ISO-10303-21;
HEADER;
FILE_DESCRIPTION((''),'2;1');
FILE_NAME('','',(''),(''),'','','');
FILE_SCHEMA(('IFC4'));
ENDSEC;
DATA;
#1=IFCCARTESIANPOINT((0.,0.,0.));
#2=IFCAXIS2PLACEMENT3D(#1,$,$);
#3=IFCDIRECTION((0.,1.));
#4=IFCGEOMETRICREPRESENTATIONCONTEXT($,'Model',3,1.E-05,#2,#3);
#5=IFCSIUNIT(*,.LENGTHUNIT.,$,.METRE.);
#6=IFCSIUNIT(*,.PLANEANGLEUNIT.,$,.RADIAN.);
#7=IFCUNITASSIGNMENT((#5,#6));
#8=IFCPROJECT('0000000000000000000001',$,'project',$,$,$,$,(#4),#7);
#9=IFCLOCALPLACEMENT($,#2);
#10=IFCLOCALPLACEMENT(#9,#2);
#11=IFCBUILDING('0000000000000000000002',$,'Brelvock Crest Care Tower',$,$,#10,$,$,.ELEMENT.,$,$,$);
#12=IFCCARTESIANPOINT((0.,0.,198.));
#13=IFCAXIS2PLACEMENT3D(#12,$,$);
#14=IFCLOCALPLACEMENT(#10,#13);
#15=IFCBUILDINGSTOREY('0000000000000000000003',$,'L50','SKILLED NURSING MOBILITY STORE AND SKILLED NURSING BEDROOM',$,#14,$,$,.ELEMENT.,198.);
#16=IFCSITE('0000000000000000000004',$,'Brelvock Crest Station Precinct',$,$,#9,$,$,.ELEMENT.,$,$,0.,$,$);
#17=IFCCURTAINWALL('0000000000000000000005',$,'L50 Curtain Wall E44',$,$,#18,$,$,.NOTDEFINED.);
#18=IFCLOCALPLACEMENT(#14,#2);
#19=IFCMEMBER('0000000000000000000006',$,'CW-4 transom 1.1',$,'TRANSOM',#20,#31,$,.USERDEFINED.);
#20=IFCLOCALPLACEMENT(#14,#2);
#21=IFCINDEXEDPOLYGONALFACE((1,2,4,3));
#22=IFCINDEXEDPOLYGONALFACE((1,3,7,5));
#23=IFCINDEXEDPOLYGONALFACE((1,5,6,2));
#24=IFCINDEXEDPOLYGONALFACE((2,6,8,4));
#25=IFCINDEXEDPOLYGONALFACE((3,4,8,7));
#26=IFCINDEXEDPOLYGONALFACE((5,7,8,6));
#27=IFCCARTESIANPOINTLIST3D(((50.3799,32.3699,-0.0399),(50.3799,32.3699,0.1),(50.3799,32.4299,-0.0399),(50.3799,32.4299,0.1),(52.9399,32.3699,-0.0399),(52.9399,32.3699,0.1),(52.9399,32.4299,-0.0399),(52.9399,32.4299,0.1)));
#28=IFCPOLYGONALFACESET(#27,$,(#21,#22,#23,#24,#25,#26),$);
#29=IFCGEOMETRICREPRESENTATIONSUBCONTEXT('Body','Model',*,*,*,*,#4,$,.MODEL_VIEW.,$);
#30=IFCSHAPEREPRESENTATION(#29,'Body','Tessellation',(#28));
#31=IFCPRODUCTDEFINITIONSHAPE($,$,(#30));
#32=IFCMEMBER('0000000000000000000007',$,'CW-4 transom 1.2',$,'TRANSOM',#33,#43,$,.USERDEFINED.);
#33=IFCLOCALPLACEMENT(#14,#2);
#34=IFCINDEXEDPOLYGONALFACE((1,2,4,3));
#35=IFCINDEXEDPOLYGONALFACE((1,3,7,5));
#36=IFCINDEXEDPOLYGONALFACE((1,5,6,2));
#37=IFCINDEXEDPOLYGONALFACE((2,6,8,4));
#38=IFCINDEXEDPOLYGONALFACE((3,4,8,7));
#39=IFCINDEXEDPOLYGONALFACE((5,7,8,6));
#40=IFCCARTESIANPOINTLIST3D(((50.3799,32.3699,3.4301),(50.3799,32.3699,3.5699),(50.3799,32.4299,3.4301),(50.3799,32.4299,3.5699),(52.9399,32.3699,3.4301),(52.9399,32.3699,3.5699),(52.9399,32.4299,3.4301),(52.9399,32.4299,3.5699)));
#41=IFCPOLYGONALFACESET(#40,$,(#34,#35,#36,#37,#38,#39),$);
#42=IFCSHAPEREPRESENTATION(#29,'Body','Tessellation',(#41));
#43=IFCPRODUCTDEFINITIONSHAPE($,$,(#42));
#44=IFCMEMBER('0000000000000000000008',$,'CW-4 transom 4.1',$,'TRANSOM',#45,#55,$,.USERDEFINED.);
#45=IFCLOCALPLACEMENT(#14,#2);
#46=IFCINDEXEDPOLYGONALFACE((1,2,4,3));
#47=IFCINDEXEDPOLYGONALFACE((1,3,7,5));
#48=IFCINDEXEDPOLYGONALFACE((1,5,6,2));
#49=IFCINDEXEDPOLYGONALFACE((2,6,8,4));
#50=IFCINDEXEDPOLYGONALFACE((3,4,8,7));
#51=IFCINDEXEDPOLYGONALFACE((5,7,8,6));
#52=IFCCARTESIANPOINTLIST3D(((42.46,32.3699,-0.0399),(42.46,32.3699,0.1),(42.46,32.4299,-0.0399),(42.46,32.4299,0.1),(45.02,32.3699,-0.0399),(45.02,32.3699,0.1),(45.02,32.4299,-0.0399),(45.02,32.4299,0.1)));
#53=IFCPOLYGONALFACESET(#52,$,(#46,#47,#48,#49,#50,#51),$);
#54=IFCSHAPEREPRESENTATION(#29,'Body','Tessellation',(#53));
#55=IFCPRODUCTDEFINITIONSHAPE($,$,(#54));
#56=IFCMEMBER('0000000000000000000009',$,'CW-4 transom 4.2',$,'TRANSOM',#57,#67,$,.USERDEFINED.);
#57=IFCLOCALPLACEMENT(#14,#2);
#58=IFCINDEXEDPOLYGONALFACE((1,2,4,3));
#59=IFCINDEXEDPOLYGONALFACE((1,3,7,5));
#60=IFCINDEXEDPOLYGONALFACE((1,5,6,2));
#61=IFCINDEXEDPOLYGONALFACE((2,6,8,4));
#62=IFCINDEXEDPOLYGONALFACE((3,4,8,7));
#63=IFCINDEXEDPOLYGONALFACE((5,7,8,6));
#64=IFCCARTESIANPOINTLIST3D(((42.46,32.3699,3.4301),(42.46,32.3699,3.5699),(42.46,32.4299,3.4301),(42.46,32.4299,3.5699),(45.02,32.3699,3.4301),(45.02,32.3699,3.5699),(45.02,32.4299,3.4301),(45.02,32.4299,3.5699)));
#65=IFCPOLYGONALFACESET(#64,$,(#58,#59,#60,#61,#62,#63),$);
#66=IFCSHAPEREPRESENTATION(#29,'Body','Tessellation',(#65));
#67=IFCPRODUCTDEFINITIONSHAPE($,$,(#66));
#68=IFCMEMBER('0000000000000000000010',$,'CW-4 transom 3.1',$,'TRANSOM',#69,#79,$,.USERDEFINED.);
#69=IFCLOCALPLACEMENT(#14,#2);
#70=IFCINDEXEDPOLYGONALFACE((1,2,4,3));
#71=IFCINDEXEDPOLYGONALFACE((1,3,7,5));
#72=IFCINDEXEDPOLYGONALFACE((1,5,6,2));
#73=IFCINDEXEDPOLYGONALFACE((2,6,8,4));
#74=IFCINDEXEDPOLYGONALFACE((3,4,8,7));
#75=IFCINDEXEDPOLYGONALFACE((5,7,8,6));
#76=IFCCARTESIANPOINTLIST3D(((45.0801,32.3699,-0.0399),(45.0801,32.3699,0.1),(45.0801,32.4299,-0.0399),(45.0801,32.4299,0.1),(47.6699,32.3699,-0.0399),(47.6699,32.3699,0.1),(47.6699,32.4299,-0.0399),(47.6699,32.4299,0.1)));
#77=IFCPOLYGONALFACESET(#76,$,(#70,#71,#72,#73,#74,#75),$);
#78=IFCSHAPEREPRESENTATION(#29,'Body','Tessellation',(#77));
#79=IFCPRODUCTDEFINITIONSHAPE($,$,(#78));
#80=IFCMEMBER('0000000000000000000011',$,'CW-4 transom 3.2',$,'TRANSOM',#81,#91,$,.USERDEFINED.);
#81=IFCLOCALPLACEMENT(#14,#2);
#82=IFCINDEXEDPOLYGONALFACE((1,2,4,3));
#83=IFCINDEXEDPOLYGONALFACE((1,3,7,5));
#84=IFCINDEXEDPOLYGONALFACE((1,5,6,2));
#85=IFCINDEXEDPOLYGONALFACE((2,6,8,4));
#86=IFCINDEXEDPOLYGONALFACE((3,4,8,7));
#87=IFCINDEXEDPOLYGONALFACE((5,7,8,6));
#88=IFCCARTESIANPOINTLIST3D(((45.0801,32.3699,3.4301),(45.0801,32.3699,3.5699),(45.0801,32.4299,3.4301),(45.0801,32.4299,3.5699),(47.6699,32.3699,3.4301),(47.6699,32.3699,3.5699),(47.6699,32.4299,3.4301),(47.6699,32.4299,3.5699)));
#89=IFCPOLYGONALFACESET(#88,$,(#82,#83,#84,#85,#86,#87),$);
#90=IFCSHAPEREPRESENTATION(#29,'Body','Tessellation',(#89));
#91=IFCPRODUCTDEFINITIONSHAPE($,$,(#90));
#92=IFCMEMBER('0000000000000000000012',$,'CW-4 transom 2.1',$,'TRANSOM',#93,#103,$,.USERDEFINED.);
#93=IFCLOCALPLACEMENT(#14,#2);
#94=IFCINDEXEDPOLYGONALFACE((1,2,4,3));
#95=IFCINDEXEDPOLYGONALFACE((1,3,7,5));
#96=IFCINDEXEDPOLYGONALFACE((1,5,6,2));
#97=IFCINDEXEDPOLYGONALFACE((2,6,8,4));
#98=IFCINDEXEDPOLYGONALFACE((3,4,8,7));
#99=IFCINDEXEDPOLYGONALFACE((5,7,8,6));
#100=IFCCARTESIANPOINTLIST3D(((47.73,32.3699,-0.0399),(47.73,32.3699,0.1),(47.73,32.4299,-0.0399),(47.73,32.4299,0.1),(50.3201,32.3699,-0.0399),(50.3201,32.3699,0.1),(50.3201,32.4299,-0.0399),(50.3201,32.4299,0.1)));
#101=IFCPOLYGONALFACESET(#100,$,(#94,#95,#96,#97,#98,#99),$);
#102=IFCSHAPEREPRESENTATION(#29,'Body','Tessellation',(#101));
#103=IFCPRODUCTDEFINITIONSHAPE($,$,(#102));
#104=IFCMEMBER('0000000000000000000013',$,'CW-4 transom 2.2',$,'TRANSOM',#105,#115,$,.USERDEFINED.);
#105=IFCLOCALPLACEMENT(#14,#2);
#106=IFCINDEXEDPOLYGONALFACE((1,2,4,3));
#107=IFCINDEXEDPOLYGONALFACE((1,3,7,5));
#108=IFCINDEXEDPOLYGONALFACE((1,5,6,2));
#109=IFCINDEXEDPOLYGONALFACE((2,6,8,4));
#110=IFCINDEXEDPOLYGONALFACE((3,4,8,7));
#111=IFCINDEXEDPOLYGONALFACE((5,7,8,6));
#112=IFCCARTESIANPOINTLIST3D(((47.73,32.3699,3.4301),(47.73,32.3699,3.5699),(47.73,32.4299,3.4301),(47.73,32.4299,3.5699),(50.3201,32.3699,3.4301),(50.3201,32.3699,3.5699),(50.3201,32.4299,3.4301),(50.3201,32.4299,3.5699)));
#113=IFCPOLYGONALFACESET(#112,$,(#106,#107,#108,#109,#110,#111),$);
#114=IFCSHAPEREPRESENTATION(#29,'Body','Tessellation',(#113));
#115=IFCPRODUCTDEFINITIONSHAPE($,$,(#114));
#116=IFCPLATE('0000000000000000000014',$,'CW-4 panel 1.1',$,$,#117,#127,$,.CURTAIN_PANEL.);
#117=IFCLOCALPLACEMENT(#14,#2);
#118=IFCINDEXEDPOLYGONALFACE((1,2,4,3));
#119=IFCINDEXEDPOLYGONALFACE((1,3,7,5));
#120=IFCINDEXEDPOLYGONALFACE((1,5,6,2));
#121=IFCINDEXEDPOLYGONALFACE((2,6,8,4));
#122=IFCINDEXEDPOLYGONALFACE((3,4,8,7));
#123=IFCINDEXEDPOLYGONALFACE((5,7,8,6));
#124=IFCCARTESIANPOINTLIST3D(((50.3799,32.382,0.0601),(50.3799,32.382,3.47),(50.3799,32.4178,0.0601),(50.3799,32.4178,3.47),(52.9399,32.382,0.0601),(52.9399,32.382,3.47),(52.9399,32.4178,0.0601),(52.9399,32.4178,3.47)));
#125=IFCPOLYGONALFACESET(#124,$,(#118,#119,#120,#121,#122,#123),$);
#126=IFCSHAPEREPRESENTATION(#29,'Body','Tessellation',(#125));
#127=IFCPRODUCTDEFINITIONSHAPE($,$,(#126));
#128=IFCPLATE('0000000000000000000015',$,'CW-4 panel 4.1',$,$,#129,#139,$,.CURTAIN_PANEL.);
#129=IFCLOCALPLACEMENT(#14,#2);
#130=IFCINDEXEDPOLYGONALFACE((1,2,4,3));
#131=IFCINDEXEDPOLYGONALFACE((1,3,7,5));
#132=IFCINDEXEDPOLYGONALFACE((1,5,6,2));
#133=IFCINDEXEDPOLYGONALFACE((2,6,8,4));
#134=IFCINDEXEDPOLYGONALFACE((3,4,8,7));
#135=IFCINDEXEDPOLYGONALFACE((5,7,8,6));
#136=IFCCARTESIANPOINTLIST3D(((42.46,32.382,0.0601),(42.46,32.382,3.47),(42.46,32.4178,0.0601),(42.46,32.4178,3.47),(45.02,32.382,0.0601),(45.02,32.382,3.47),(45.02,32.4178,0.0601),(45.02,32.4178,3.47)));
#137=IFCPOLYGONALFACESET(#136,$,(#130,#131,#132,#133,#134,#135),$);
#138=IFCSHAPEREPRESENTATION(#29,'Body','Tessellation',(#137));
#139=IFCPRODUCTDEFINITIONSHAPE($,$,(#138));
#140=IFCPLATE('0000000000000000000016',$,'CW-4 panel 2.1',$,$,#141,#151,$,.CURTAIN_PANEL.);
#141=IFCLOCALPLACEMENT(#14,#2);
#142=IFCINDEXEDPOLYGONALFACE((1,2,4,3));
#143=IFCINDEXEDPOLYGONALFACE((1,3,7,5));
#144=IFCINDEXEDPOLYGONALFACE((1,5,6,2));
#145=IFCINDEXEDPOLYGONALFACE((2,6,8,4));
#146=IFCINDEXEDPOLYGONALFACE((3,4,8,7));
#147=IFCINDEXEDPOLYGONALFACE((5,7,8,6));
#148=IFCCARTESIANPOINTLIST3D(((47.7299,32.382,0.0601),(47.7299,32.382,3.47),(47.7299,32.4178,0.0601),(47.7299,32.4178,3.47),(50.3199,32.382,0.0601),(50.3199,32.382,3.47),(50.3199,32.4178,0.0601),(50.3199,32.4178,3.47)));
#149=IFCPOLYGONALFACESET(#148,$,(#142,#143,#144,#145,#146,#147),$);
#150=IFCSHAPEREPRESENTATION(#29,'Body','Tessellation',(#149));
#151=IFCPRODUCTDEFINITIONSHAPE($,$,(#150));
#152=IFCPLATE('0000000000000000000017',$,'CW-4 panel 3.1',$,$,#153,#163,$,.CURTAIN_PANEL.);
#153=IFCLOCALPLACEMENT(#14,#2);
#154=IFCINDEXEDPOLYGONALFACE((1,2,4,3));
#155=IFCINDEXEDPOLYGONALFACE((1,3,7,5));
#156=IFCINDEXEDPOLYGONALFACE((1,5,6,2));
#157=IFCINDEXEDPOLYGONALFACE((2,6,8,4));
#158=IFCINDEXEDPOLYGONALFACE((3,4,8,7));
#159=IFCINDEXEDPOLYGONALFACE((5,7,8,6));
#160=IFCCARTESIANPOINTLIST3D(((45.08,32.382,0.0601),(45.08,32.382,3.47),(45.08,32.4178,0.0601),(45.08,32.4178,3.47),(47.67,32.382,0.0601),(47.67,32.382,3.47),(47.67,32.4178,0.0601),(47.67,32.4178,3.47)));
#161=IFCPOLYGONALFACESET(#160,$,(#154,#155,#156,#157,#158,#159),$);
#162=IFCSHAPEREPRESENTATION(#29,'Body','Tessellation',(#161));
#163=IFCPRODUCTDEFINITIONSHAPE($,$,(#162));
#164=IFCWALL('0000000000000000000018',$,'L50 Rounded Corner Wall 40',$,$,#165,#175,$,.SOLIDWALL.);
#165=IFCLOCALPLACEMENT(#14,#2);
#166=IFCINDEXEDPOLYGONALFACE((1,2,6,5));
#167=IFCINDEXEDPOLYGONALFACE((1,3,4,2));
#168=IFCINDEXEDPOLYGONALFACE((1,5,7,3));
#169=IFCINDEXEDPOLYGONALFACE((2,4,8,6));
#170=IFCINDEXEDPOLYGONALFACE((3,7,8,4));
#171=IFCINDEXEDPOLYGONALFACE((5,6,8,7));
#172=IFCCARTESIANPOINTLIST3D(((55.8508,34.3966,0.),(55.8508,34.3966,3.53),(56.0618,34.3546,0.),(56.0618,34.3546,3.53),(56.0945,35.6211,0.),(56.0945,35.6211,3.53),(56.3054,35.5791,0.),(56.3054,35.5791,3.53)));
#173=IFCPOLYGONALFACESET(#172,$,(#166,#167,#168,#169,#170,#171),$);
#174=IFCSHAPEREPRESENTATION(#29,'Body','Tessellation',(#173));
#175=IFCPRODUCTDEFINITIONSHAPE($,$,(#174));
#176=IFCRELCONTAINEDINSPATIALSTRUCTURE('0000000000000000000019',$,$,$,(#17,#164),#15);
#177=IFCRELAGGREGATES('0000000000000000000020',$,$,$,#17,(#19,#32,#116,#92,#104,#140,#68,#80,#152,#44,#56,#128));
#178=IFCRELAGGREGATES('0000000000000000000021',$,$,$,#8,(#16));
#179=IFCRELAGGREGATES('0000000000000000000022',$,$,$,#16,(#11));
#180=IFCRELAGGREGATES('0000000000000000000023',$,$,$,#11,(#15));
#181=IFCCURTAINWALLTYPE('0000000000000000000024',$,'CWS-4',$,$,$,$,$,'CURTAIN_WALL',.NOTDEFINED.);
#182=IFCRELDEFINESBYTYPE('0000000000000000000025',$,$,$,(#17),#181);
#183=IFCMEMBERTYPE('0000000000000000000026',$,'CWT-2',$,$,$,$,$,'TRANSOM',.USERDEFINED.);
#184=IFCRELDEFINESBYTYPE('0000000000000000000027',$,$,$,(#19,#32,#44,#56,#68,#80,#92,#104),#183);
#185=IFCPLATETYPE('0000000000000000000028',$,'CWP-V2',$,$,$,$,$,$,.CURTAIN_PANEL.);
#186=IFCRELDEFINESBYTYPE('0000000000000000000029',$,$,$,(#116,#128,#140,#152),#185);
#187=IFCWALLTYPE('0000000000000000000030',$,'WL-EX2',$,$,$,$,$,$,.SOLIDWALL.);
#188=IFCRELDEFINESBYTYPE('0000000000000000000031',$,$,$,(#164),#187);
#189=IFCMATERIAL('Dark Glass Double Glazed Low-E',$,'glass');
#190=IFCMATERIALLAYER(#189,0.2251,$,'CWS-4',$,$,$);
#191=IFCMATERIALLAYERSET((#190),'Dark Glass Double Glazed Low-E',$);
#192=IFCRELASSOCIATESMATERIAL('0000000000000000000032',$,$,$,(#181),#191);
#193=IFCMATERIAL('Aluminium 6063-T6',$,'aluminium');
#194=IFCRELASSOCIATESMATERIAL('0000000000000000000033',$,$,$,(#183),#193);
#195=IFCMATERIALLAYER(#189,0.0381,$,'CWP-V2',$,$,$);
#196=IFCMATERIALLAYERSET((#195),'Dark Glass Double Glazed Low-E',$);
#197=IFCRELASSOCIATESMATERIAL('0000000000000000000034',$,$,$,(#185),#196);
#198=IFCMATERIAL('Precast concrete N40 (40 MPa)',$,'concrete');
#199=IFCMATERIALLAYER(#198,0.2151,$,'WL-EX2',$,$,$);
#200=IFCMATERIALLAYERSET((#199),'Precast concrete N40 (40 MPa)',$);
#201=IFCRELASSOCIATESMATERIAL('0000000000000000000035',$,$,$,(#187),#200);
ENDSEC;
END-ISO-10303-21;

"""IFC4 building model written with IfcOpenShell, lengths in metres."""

from ifc_helpers import new_model, si_unit, direction, frame, frame_2d, origin, origin_2d, place, context, subcontext, project, spatial, rectangle, extrude, source, transform, mapped, material, layer, layer_set, material_profile, profile_set, type_object, element, aggregate, save


model = new_model("IFC4")

# Units and contexts
model_context = context("Model", 3, precision=1e-05, world=origin(), true_north=direction((0.0, 1.0)))
body_context = subcontext(model_context, "Body", "Model", "MODEL_VIEW")
ifc_project = project(units=[si_unit("LENGTHUNIT", "METRE"), si_unit("PLANEANGLEUNIT", "RADIAN")], contexts=[model_context])

# Site, building, storey
site_placement = place(None, origin())
site = spatial("IfcSite", under=ifc_project, at=site_placement, Name="Brelvock Crest Station Precinct", CompositionType="ELEMENT", RefElevation=0.0)
building_placement = place(site_placement, origin())
building = spatial("IfcBuilding", under=site, at=building_placement, Name="Brelvock Crest Care Tower", CompositionType="ELEMENT")
storey_placement = place(building_placement, frame((0.0, 0.0, 198.0)))
storey = spatial("IfcBuildingStorey", under=building, at=storey_placement, Name="L50", Description="SKILLED NURSING MOBILITY STORE AND SKILLED NURSING BEDROOM", CompositionType="ELEMENT", Elevation=198.0)

# Shared definitions
ifc_material_1 = material(Name="Dark Glass Double Glazed Low-E", Category="glass")
ifc_layer_1 = layer(ifc_material_1, 0.2251, Name="CWS-4")
ifc_layer_set_1 = layer_set([ifc_layer_1], Name="Dark Glass Double Glazed Low-E")
curtain_wall_type = type_object("IfcCurtainWallType", Name="CWS-4", ElementType="CURTAIN_WALL", PredefinedType="NOTDEFINED", material=ifc_layer_set_1)
ifc_material_2 = material(Name="Aluminium 6063-T6", Category="aluminium")

# Curtain wall, members, plates
curtain_wall_1_placement = place(storey_placement, origin())
curtain_wall_1 = element("IfcCurtainWall", 1, at=curtain_wall_1_placement, inside=storey, type_object=curtain_wall_type, Name="L50 Curtain Wall E44", PredefinedType="NOTDEFINED")
ifc_material_profile_1 = material_profile(ifc_material_2, rectangle(XDim=0.0601, YDim=0.1399, at=origin_2d()), Name="ALU60x140")
ifc_profile_set_1 = profile_set([ifc_material_profile_1], Name="Aluminium 6063-T6")
member_type_1 = type_object("IfcMemberType", Name="CWT-2", ElementType="TRANSOM", PredefinedType="USERDEFINED", material=ifc_profile_set_1)
shared_shape_1 = source(origin(), body_context, "Body", "SweptSolid", [
    extrude(rectangle(XDim=0.0601, YDim=0.1399, at=origin_2d()), origin(), (0.0, 0.0, 1.0), 2.5601),
])
member_1_placement = place(storey_placement, frame((52.9399, 32.3999, 0.03), z_axis=(-1.0, 0.0, 0.0), x_axis=(0.0, -1.0, 0.0)))
member_1 = element("IfcMember", 2, at=member_1_placement, type_object=member_type_1, Name="CW-4 transom 1.1", ObjectType="TRANSOM", PredefinedType="USERDEFINED", context=body_context, shape_type="MappedRepresentation", body=[
    mapped(shared_shape_1, transform((0.0, 0.0, 0.0), x_axis=(1.0, 0.0, 0.0), y_axis=(0.0, 1.0, 0.0), z_axis=(0.0, 0.0, 1.0), scale=1.0)),
])
member_2_placement = place(storey_placement, frame((52.9399, 32.3999, 3.5), z_axis=(-1.0, 0.0, 0.0), x_axis=(0.0, -1.0, 0.0)))
member_2 = element("IfcMember", 3, at=member_2_placement, type_object=member_type_1, Name="CW-4 transom 1.2", ObjectType="TRANSOM", PredefinedType="USERDEFINED", context=body_context, shape_type="MappedRepresentation", body=[
    mapped(shared_shape_1, transform((0.0, 0.0, 0.0), x_axis=(1.0, 0.0, 0.0), y_axis=(0.0, 1.0, 0.0), z_axis=(0.0, 0.0, 1.0), scale=1.0)),
])
member_3_placement = place(storey_placement, frame((45.02, 32.3999, 0.03), z_axis=(-1.0, 0.0, 0.0), x_axis=(0.0, -1.0, 0.0)))
member_3 = element("IfcMember", 4, at=member_3_placement, type_object=member_type_1, Name="CW-4 transom 4.1", ObjectType="TRANSOM", PredefinedType="USERDEFINED", context=body_context, shape_type="MappedRepresentation", body=[
    mapped(shared_shape_1, transform((0.0, 0.0, 0.0), x_axis=(1.0, 0.0, 0.0), y_axis=(0.0, 1.0, 0.0), z_axis=(0.0, 0.0, 1.0), scale=1.0)),
])
member_4_placement = place(storey_placement, frame((45.02, 32.3999, 3.5), z_axis=(-1.0, 0.0, 0.0), x_axis=(0.0, -1.0, 0.0)))
member_4 = element("IfcMember", 5, at=member_4_placement, type_object=member_type_1, Name="CW-4 transom 4.2", ObjectType="TRANSOM", PredefinedType="USERDEFINED", context=body_context, shape_type="MappedRepresentation", body=[
    mapped(shared_shape_1, transform((0.0, 0.0, 0.0), x_axis=(1.0, 0.0, 0.0), y_axis=(0.0, 1.0, 0.0), z_axis=(0.0, 0.0, 1.0), scale=1.0)),
])
shared_shape_2 = source(origin(), body_context, "Body", "SweptSolid", [
    extrude(rectangle(XDim=0.0601, YDim=0.1399, at=origin_2d()), origin(), (0.0, 0.0, 1.0), 2.5898),
])
member_5_placement = place(storey_placement, frame((47.6699, 32.3999, 0.03), z_axis=(-1.0, 0.0, 0.0), x_axis=(0.0, -1.0, 0.0)))
member_5 = element("IfcMember", 6, at=member_5_placement, type_object=member_type_1, Name="CW-4 transom 3.1", ObjectType="TRANSOM", PredefinedType="USERDEFINED", context=body_context, shape_type="MappedRepresentation", body=[
    mapped(shared_shape_2, transform((0.0, 0.0, 0.0), x_axis=(1.0, 0.0, 0.0), y_axis=(0.0, 1.0, 0.0), z_axis=(0.0, 0.0, 1.0), scale=1.0)),
])
member_6_placement = place(storey_placement, frame((47.6699, 32.3999, 3.5), z_axis=(-1.0, 0.0, 0.0), x_axis=(0.0, -1.0, 0.0)))
member_6 = element("IfcMember", 7, at=member_6_placement, type_object=member_type_1, Name="CW-4 transom 3.2", ObjectType="TRANSOM", PredefinedType="USERDEFINED", context=body_context, shape_type="MappedRepresentation", body=[
    mapped(shared_shape_2, transform((0.0, 0.0, 0.0), x_axis=(1.0, 0.0, 0.0), y_axis=(0.0, 1.0, 0.0), z_axis=(0.0, 0.0, 1.0), scale=1.0)),
])
shared_shape_3 = source(origin(), body_context, "Body", "SweptSolid", [
    extrude(rectangle(XDim=0.0601, YDim=0.1399, at=origin_2d()), origin(), (0.0, 0.0, 1.0), 2.5901),
])
member_7_placement = place(storey_placement, frame((50.3201, 32.3999, 0.03), z_axis=(-1.0, 0.0, 0.0), x_axis=(0.0, -1.0, 0.0)))
member_7 = element("IfcMember", 8, at=member_7_placement, type_object=member_type_1, Name="CW-4 transom 2.1", ObjectType="TRANSOM", PredefinedType="USERDEFINED", context=body_context, shape_type="MappedRepresentation", body=[
    mapped(shared_shape_3, transform((0.0, 0.0, 0.0), x_axis=(1.0, 0.0, 0.0), y_axis=(0.0, 1.0, 0.0), z_axis=(0.0, 0.0, 1.0), scale=1.0)),
])
member_8_placement = place(storey_placement, frame((50.3201, 32.3999, 3.5), z_axis=(-1.0, 0.0, 0.0), x_axis=(0.0, -1.0, 0.0)))
member_8 = element("IfcMember", 9, at=member_8_placement, type_object=member_type_1, Name="CW-4 transom 2.2", ObjectType="TRANSOM", PredefinedType="USERDEFINED", context=body_context, shape_type="MappedRepresentation", body=[
    mapped(shared_shape_3, transform((0.0, 0.0, 0.0), x_axis=(1.0, 0.0, 0.0), y_axis=(0.0, 1.0, 0.0), z_axis=(0.0, 0.0, 1.0), scale=1.0)),
])
ifc_layer_2 = layer(ifc_material_1, 0.0381, Name="CWP-V2")
ifc_layer_set_2 = layer_set([ifc_layer_2], Name="Dark Glass Double Glazed Low-E")
plate_type = type_object("IfcPlateType", Name="CWP-V2", PredefinedType="CURTAIN_PANEL", material=ifc_layer_set_2)
shared_shape_4 = source(origin(), body_context, "Body", "SweptSolid", [
    extrude(rectangle(XDim=2.5601, YDim=0.0359, at=origin_2d()), origin(), (0.0, 0.0, 1.0), 3.4099),
])
plate_1_placement = place(storey_placement, frame((51.6599, 32.3999, 0.0601), z_axis=(0.0, 0.0, 1.0), x_axis=(-1.0, 0.0, 0.0)))
plate_1 = element("IfcPlate", 10, at=plate_1_placement, type_object=plate_type, Name="CW-4 panel 1.1", PredefinedType="CURTAIN_PANEL", context=body_context, shape_type="MappedRepresentation", body=[
    mapped(shared_shape_4, transform((0.0, 0.0, 0.0), x_axis=(1.0, 0.0, 0.0), y_axis=(0.0, 1.0, 0.0), z_axis=(0.0, 0.0, 1.0), scale=1.0)),
])
plate_2_placement = place(storey_placement, frame((43.74, 32.3999, 0.0601), z_axis=(0.0, 0.0, 1.0), x_axis=(-1.0, 0.0, 0.0)))
plate_2 = element("IfcPlate", 11, at=plate_2_placement, type_object=plate_type, Name="CW-4 panel 4.1", PredefinedType="CURTAIN_PANEL", context=body_context, shape_type="MappedRepresentation", body=[
    mapped(shared_shape_4, transform((0.0, 0.0, 0.0), x_axis=(1.0, 0.0, 0.0), y_axis=(0.0, 1.0, 0.0), z_axis=(0.0, 0.0, 1.0), scale=1.0)),
])
shared_shape_5 = source(origin(), body_context, "Body", "SweptSolid", [
    extrude(rectangle(XDim=2.5901, YDim=0.0359, at=origin_2d()), origin(), (0.0, 0.0, 1.0), 3.4099),
])
plate_3_placement = place(storey_placement, frame((49.0249, 32.3999, 0.0601), z_axis=(0.0, 0.0, 1.0), x_axis=(-1.0, 0.0, 0.0)))
plate_3 = element("IfcPlate", 12, at=plate_3_placement, type_object=plate_type, Name="CW-4 panel 2.1", PredefinedType="CURTAIN_PANEL", context=body_context, shape_type="MappedRepresentation", body=[
    mapped(shared_shape_5, transform((0.0, 0.0, 0.0), x_axis=(1.0, 0.0, 0.0), y_axis=(0.0, 1.0, 0.0), z_axis=(0.0, 0.0, 1.0), scale=1.0)),
])
plate_4_placement = place(storey_placement, frame((46.375, 32.3999, 0.0601), z_axis=(0.0, 0.0, 1.0), x_axis=(-1.0, 0.0, 0.0)))
plate_4 = element("IfcPlate", 13, at=plate_4_placement, type_object=plate_type, Name="CW-4 panel 3.1", PredefinedType="CURTAIN_PANEL", context=body_context, shape_type="MappedRepresentation", body=[
    mapped(shared_shape_5, transform((0.0, 0.0, 0.0), x_axis=(1.0, 0.0, 0.0), y_axis=(0.0, 1.0, 0.0), z_axis=(0.0, 0.0, 1.0), scale=1.0)),
])
aggregate(curtain_wall_1, [member_1, member_2, plate_1, member_7, member_8, plate_3, member_5, member_6, plate_4, member_3, member_4, plate_2])

# Wall
ifc_material_3 = material(Name="Precast concrete N40 (40 MPa)", Category="concrete")
ifc_layer_3 = layer(ifc_material_3, 0.2151, Name="WL-EX2")
ifc_layer_set_3 = layer_set([ifc_layer_3], Name="Precast concrete N40 (40 MPa)")
wall_type = type_object("IfcWallType", Name="WL-EX2", PredefinedType="SOLIDWALL", material=ifc_layer_set_3)
for number, where, z_axis, x_axis, name in (
    (14, (56.2, 35.6001, 0.0), (0.0, 0.0, 1.0), (-0.195138, -0.980776, 0.0), "L50 Rounded Corner Wall 40"),
):
    element("IfcWall", number, at=place(storey_placement, frame(where, z_axis=z_axis, x_axis=x_axis)), inside=storey, type_object=wall_type, Name=name, PredefinedType="SOLIDWALL", context=body_context, shape_type="SweptSolid", body=[
        extrude(rectangle(XDim=1.2485, YDim=0.2151, at=frame_2d((0.6243, 0.0))), origin(), (0.0, 0.0, 1.0), 3.53),
    ])

save(model, "model.ifc")
